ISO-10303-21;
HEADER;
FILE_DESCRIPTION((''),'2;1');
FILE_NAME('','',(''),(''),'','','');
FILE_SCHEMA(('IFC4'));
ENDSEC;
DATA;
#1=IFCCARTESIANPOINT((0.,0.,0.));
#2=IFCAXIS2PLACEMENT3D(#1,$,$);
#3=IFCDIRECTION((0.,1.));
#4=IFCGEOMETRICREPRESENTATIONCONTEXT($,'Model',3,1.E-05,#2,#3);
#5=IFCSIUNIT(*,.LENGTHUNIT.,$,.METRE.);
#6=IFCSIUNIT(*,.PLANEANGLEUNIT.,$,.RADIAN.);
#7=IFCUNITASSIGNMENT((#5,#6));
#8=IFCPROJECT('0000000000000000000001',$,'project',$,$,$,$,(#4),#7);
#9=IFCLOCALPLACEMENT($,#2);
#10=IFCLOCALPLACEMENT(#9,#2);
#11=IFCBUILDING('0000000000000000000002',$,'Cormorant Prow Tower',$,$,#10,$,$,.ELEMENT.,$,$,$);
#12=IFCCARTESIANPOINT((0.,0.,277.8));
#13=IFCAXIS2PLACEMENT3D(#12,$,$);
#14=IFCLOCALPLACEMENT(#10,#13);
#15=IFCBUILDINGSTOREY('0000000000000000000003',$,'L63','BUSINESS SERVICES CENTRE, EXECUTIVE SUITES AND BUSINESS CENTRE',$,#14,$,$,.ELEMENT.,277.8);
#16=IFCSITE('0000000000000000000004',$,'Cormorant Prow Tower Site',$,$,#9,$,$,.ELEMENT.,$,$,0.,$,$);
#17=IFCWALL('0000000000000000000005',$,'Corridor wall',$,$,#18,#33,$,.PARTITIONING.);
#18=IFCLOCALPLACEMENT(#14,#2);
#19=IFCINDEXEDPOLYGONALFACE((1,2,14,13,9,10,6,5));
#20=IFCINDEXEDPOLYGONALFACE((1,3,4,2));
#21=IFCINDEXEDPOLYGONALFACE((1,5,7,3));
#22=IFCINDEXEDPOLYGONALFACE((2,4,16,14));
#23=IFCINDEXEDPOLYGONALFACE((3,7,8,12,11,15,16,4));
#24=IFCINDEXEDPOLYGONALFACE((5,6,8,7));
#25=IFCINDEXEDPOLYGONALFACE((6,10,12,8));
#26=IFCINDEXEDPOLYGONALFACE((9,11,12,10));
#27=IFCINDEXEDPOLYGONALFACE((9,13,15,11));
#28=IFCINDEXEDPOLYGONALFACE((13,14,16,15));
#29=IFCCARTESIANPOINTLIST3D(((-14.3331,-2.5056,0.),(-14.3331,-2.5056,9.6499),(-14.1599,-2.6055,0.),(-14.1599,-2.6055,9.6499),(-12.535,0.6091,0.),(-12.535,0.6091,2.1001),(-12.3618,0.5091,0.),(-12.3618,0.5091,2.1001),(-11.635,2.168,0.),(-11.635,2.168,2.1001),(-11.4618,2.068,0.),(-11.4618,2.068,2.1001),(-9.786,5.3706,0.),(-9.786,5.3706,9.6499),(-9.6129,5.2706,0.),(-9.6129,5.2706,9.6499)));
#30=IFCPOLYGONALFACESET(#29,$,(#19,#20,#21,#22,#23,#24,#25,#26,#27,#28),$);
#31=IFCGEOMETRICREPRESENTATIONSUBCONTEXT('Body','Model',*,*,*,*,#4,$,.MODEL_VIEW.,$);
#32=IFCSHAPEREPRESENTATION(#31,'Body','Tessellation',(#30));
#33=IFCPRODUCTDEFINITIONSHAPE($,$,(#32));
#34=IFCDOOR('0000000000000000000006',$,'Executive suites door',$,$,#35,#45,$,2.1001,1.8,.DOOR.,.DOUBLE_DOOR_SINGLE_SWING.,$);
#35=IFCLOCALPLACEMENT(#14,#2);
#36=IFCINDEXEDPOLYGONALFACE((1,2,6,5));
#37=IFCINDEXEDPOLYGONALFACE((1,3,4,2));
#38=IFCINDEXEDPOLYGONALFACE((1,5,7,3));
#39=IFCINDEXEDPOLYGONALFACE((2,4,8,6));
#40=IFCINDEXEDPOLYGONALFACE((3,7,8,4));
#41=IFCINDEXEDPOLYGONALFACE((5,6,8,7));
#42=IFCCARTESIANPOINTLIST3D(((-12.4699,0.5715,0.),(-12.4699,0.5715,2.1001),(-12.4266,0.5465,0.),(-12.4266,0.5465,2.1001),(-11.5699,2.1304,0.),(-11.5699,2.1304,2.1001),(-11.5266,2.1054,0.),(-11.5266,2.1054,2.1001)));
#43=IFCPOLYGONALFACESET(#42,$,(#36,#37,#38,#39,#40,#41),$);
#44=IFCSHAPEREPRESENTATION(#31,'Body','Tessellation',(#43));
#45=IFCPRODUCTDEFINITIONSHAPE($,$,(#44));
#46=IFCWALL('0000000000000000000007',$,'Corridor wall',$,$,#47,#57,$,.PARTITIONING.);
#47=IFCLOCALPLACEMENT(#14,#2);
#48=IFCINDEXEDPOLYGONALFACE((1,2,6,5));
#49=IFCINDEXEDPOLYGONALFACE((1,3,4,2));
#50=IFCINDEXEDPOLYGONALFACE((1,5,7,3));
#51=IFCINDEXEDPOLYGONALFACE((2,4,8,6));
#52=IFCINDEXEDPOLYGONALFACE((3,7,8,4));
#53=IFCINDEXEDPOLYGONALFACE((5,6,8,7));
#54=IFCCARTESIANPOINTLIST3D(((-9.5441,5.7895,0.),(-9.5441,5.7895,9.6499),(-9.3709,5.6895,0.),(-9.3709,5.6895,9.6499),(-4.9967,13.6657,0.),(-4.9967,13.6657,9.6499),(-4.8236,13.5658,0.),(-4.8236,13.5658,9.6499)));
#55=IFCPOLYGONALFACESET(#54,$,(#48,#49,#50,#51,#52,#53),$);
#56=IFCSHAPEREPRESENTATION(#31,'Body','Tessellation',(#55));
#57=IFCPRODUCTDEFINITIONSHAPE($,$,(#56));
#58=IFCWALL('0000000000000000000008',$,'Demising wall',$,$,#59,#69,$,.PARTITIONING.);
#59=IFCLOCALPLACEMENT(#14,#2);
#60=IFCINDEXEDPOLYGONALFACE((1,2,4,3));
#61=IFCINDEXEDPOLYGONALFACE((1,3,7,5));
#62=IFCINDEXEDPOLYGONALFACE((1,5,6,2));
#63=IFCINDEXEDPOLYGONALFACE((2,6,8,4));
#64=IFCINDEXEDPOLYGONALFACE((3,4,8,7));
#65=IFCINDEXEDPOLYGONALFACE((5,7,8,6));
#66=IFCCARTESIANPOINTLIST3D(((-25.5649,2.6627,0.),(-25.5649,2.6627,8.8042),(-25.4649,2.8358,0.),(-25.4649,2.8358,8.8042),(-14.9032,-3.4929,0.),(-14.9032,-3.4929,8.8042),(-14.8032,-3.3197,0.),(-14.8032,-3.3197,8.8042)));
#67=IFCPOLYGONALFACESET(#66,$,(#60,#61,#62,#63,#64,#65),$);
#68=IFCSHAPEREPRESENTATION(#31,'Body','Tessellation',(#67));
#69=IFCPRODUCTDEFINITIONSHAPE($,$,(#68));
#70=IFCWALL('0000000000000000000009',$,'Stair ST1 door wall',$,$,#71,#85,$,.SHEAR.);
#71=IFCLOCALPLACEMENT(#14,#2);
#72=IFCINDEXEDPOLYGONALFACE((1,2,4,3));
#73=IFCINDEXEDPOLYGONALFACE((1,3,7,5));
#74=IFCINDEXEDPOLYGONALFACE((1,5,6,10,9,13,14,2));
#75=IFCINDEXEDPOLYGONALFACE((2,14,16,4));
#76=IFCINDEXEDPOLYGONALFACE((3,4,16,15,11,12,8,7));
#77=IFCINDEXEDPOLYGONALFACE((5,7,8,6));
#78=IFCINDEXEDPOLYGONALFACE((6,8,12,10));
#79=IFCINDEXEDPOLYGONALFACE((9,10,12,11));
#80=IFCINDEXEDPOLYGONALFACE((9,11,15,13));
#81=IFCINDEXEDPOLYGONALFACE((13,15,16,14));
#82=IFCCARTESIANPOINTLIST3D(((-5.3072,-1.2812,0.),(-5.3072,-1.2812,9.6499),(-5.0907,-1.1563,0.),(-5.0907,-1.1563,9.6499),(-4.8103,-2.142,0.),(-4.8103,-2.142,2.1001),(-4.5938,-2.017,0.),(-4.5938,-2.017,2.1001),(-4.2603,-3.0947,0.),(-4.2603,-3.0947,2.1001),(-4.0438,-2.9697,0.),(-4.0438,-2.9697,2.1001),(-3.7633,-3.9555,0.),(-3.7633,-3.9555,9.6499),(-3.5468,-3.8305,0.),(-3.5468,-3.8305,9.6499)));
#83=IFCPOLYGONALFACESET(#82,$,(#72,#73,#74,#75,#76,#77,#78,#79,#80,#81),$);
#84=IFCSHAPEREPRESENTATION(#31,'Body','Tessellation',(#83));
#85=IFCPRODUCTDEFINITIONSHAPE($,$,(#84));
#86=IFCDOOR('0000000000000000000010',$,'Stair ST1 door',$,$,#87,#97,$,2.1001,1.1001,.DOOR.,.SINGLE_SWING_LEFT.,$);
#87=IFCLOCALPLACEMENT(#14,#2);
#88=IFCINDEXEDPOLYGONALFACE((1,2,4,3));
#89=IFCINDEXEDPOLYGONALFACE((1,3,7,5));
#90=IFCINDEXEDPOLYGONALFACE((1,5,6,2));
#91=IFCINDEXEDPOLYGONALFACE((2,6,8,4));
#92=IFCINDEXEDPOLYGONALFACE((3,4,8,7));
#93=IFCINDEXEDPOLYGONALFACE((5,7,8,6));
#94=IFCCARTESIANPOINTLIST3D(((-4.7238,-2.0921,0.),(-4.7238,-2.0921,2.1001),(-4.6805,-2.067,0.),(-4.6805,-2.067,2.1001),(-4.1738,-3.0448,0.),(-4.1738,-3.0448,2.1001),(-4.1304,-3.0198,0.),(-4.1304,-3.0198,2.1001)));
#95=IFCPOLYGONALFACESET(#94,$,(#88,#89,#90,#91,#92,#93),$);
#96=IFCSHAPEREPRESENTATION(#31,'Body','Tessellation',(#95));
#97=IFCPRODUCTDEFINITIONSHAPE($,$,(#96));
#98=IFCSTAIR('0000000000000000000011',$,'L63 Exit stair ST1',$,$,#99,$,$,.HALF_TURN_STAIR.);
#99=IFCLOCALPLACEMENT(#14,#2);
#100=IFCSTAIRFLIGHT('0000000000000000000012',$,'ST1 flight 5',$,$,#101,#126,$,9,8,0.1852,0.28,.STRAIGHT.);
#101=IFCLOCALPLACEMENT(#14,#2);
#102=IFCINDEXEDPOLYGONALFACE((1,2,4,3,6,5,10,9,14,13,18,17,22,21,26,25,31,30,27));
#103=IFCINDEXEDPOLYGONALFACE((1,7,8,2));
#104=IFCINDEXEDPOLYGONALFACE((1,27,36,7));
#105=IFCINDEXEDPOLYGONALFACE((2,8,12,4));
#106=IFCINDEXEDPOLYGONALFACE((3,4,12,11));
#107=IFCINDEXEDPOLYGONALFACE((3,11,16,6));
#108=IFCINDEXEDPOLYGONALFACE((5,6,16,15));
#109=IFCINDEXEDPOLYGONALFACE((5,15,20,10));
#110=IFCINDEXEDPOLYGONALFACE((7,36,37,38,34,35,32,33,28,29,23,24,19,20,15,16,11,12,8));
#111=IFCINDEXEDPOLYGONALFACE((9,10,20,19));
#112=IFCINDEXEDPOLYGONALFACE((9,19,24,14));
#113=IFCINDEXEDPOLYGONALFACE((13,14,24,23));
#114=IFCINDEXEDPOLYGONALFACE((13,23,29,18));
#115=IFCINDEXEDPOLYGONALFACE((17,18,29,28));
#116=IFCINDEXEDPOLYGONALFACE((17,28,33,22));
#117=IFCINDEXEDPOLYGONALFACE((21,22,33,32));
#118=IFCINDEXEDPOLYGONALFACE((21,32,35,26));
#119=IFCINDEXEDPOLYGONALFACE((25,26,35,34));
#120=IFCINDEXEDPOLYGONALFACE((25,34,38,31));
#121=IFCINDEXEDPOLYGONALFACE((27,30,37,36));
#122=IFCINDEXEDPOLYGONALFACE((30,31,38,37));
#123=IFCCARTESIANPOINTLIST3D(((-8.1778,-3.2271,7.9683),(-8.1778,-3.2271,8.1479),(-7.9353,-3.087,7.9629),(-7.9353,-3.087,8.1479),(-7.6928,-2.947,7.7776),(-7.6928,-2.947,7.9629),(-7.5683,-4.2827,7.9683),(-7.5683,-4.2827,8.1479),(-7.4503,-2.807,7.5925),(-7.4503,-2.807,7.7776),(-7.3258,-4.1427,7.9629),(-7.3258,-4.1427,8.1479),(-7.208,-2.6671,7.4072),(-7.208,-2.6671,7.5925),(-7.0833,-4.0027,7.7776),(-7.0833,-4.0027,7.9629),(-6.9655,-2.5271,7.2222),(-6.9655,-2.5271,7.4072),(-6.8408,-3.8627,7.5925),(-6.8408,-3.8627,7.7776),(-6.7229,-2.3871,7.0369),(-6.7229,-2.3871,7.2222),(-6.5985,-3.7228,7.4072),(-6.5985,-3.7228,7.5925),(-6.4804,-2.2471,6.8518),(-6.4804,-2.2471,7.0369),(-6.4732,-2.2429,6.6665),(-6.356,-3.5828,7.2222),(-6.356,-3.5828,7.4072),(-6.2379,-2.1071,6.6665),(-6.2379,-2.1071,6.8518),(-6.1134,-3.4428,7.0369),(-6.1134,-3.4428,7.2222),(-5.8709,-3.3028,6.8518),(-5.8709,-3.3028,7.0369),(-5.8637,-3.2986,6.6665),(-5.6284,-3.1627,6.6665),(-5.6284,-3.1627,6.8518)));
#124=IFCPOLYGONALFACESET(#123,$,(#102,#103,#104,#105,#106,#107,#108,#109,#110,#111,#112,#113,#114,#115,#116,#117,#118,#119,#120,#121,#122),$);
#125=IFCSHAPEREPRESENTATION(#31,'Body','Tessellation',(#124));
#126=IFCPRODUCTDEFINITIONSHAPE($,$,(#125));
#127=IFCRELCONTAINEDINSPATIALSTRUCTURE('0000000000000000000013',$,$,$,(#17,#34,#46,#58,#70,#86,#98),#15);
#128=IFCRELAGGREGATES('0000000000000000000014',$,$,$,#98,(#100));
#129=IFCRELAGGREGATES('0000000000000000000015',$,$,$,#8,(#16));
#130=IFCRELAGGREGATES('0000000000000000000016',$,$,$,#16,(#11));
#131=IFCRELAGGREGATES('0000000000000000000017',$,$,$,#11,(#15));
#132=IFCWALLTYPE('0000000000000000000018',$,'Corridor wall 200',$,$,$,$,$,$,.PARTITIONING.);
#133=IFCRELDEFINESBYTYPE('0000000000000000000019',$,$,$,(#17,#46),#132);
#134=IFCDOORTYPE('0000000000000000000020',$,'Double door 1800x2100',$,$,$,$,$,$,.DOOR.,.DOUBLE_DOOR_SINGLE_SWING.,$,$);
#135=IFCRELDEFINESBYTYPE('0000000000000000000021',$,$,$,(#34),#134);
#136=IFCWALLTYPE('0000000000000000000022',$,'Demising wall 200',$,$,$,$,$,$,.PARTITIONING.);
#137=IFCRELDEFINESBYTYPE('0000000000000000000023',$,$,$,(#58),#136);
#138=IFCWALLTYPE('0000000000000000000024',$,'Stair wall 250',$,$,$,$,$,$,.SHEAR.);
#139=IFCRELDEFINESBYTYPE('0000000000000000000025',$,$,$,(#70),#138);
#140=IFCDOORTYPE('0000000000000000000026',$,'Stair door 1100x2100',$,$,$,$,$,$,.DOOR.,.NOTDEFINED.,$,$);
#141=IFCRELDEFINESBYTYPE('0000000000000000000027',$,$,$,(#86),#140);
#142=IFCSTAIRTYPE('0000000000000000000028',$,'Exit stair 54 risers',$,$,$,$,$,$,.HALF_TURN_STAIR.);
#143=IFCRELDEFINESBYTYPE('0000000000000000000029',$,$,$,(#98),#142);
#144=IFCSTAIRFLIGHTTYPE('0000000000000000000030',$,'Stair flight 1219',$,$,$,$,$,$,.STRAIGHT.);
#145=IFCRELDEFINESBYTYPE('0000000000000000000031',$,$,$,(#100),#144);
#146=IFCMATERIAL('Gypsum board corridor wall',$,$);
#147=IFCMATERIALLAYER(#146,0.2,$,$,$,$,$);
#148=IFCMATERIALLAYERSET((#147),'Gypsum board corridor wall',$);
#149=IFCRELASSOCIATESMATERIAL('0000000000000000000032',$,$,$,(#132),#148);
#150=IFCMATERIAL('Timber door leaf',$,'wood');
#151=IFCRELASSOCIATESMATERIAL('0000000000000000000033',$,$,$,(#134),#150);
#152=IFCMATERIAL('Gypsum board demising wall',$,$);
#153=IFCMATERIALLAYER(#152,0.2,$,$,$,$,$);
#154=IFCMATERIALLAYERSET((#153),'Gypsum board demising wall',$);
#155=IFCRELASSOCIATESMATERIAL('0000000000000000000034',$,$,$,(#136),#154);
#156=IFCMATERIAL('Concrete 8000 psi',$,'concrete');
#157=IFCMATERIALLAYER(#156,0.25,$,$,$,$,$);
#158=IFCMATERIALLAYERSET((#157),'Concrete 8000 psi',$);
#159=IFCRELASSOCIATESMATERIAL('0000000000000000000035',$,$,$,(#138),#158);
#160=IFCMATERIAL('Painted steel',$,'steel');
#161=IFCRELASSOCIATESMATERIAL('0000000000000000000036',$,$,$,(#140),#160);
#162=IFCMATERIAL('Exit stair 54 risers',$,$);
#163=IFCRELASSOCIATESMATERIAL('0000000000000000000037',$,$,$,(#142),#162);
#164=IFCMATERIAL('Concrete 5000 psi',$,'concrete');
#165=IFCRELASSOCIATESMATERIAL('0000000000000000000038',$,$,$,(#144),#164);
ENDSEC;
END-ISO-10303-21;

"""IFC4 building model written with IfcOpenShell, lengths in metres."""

from ifc_helpers import new_model, si_unit, direction, frame, frame_2d, origin, place, context, subcontext, project, spatial, polyline, rectangle, outline, extrude, material, layer, layer_set, type_object, element, fill, aggregate, save


model = new_model("IFC4")

# Units and contexts
model_context = context("Model", 3, precision=1e-05, world=origin(), true_north=direction((0.0, 1.0)))
body_context = subcontext(model_context, "Body", "Model", "MODEL_VIEW")
ifc_project = project(units=[si_unit("LENGTHUNIT", "METRE"), si_unit("PLANEANGLEUNIT", "RADIAN")], contexts=[model_context])

# Site, building, storey
site_placement = place(None, origin())
site = spatial("IfcSite", under=ifc_project, at=site_placement, Name="Cormorant Prow Tower Site", CompositionType="ELEMENT", RefElevation=0.0)
building_placement = place(site_placement, origin())
building = spatial("IfcBuilding", under=site, at=building_placement, Name="Cormorant Prow Tower", CompositionType="ELEMENT")
storey_placement = place(building_placement, frame((0.0, 0.0, 277.8)))
storey = spatial("IfcBuildingStorey", under=building, at=storey_placement, Name="L63", Description="BUSINESS SERVICES CENTRE, EXECUTIVE SUITES AND BUSINESS CENTRE", CompositionType="ELEMENT", Elevation=277.8)

# Wall, opening, door
ifc_material_1 = material(Name="Gypsum board corridor wall")
ifc_layer_1 = layer(ifc_material_1, 0.2)
ifc_layer_set_1 = layer_set([ifc_layer_1], Name="Gypsum board corridor wall")
wall_type_1 = type_object("IfcWallType", Name="Corridor wall 200", PredefinedType="PARTITIONING", material=ifc_layer_set_1)
wall_1_placement = place(storey_placement, frame((-14.2466, -2.5557, 0.0), z_axis=(0.0, 0.0, 1.0), x_axis=(0.499982, 0.866036, 0.0)))
wall_1 = element("IfcWall", 1, at=wall_1_placement, inside=storey, type_object=wall_type_1, Name="Corridor wall", PredefinedType="PARTITIONING", context=body_context, shape_type="SweptSolid", body=[
    extrude(rectangle(XDim=9.0945, YDim=0.2, at=frame_2d((4.5474, 0.0))), origin(), (0.0, 0.0, 1.0), 9.6499),
])
opening_1_placement = place(wall_1_placement, frame((3.5967, 0.0, 0.0)))
opening_1 = element("IfcOpeningElement", 2, at=opening_1_placement, cuts=wall_1, PredefinedType="OPENING", context=body_context, shape_type="SweptSolid", body=[
    extrude(rectangle(XDim=1.8, YDim=2.1001, at=frame_2d((0.8999, 1.05))), frame((0.0, 0.1099, 0.0), z_axis=(0.0, -1.0, 0.0), x_axis=(1.0, 0.0, 0.0)), (0.0, 0.0, 1.0), 0.22),
])
ifc_material_2 = material(Name="Timber door leaf", Category="wood")
door_type_1 = type_object("IfcDoorType", Name="Double door 1800x2100", OperationType="DOUBLE_DOOR_SINGLE_SWING", PredefinedType="DOOR", material=ifc_material_2)
door_1_placement = place(opening_1_placement, origin())
door_1 = element("IfcDoor", 3, at=door_1_placement, inside=storey, type_object=door_type_1, Name="Executive suites door", OperationType="DOUBLE_DOOR_SINGLE_SWING", OverallHeight=2.1001, OverallWidth=1.8, PredefinedType="DOOR", context=body_context, shape_type="SweptSolid", body=[
    extrude(rectangle(XDim=1.8, YDim=2.1001, at=frame_2d((0.8999, 1.05))), frame((0.0, 0.0249, 0.0), z_axis=(0.0, -1.0, 0.0), x_axis=(1.0, 0.0, 0.0)), (0.0, 0.0, 1.0), 0.05),
])
fill(opening_1, door_1)

# Walls
wall_2_placement = place(storey_placement, frame((-9.4575, 5.7395, 0.0), z_axis=(0.0, 0.0, 1.0), x_axis=(0.500002, 0.866024, 0.0)))
element("IfcWall", 4, at=wall_2_placement, inside=storey, type_object=wall_type_1, Name="Corridor wall", PredefinedType="PARTITIONING", context=body_context, shape_type="SweptSolid", body=[
    extrude(rectangle(XDim=9.0947, YDim=0.2, at=frame_2d((4.5474, 0.0))), origin(), (0.0, 0.0, 1.0), 9.6499),
])
ifc_material_3 = material(Name="Gypsum board demising wall")
ifc_layer_2 = layer(ifc_material_3, 0.2)
ifc_layer_set_2 = layer_set([ifc_layer_2], Name="Gypsum board demising wall")
wall_type_2 = type_object("IfcWallType", Name="Demising wall 200", PredefinedType="PARTITIONING", material=ifc_layer_set_2)
wall_3_placement = place(storey_placement, frame((-25.5149, 2.7493, 0.0), z_axis=(0.0, 0.0, 1.0), x_axis=(0.866024, -0.500002, 0.0)))
element("IfcWall", 5, at=wall_3_placement, inside=storey, type_object=wall_type_2, Name="Demising wall", PredefinedType="PARTITIONING", context=body_context, shape_type="SweptSolid", body=[
    extrude(rectangle(XDim=12.311, YDim=0.2, at=frame_2d((6.1555, 0.0))), origin(), (0.0, 0.0, 1.0), 8.8042),
])

# Wall, opening, door
ifc_material_4 = material(Name="Concrete 8000 psi", Category="concrete")
ifc_layer_3 = layer(ifc_material_4, 0.25)
ifc_layer_set_3 = layer_set([ifc_layer_3], Name="Concrete 8000 psi")
wall_type_3 = type_object("IfcWallType", Name="Stair wall 250", PredefinedType="SHEAR", material=ifc_layer_set_3)
wall_4_placement = place(storey_placement, frame((-5.199, -1.2188, 0.0), z_axis=(0.0, 0.0, 1.0), x_axis=(0.499983, -0.866035, 0.0)))
wall_4 = element("IfcWall", 6, at=wall_4_placement, inside=storey, type_object=wall_type_3, Name="Stair ST1 door wall", PredefinedType="SHEAR", context=body_context, shape_type="SweptSolid", body=[
    extrude(rectangle(XDim=3.0879, YDim=0.25, at=frame_2d((1.5439, 0.0))), origin(), (0.0, 0.0, 1.0), 9.6499),
])
opening_2_placement = place(wall_4_placement, frame((0.9939, 0.0, 0.0)))
opening_2 = element("IfcOpeningElement", 7, at=opening_2_placement, cuts=wall_4, PredefinedType="OPENING", context=body_context, shape_type="SweptSolid", body=[
    extrude(rectangle(XDim=1.1001, YDim=2.1001, at=frame_2d((0.55, 1.05))), frame((0.0, 0.135, 0.0), z_axis=(0.0, -1.0, 0.0), x_axis=(1.0, 0.0, 0.0)), (0.0, 0.0, 1.0), 0.27),
])
ifc_material_5 = material(Name="Painted steel", Category="steel")
door_type_2 = type_object("IfcDoorType", Name="Stair door 1100x2100", OperationType="NOTDEFINED", PredefinedType="DOOR", material=ifc_material_5)
door_2_placement = place(opening_2_placement, origin())
door_2 = element("IfcDoor", 8, at=door_2_placement, inside=storey, type_object=door_type_2, Name="Stair ST1 door", OperationType="SINGLE_SWING_LEFT", OverallHeight=2.1001, OverallWidth=1.1001, PredefinedType="DOOR", context=body_context, shape_type="SweptSolid", body=[
    extrude(rectangle(XDim=1.1001, YDim=2.1001, at=frame_2d((0.55, 1.05))), frame((0.0, 0.0249, 0.0), z_axis=(0.0, -1.0, 0.0), x_axis=(1.0, 0.0, 0.0)), (0.0, 0.0, 1.0), 0.05),
])
fill(opening_2, door_2)

# Stair, stair flight
ifc_material_6 = material(Name="Exit stair 54 risers")
stair_type = type_object("IfcStairType", Name="Exit stair 54 risers", PredefinedType="HALF_TURN_STAIR", material=ifc_material_6)
stair_placement = place(storey_placement, origin())
stair = element("IfcStair", 9, at=stair_placement, inside=storey, type_object=stair_type, Name="L63 Exit stair ST1", PredefinedType="HALF_TURN_STAIR")
ifc_material_7 = material(Name="Concrete 5000 psi", Category="concrete")
stair_flight_type = type_object("IfcStairFlightType", Name="Stair flight 1219", PredefinedType="STRAIGHT", material=ifc_material_7)
stair_flight_placement = place(storey_placement, frame((-5.9331, -2.635, 6.6665), z_axis=(0.0, 0.0, 1.0), x_axis=(-0.866025, -0.5, 0.0)))
stair_flight = element("IfcStairFlight", 10, at=stair_flight_placement, type_object=stair_flight_type, Name="ST1 flight 5", NumberOfRisers=9, NumberOfTreads=8, PredefinedType="STRAIGHT", RiserHeight=0.1852, TreadLength=0.28, context=body_context, shape_type="SweptSolid", body=[
    extrude(outline(polyline([(0.0, 0.0), (0.0, 0.1853), (0.28, 0.1853), (0.28, 0.3704), (0.5601, 0.3704), (0.5601, 0.5557), (0.8401, 0.5557), (0.8401, 0.7407), (1.1201, 0.7407), (1.1201, 0.926), (1.3999, 0.926), (1.3999, 1.1111), (1.6799, 1.1111), (1.6799, 1.2964), (1.96, 1.2964), (1.96, 1.4814), (2.24, 1.4814), (2.24, 1.6667), (2.24, 1.3018), (0.2717, 0.0), (0.0, 0.0)])), frame((0.0, 0.6094, 0.0), z_axis=(0.0, -1.0, 0.0), x_axis=(1.0, 0.0, 0.0)), (0.0, 0.0, 1.0), 1.219),
])
aggregate(stair, [stair_flight])

save(model, "model.ifc")
